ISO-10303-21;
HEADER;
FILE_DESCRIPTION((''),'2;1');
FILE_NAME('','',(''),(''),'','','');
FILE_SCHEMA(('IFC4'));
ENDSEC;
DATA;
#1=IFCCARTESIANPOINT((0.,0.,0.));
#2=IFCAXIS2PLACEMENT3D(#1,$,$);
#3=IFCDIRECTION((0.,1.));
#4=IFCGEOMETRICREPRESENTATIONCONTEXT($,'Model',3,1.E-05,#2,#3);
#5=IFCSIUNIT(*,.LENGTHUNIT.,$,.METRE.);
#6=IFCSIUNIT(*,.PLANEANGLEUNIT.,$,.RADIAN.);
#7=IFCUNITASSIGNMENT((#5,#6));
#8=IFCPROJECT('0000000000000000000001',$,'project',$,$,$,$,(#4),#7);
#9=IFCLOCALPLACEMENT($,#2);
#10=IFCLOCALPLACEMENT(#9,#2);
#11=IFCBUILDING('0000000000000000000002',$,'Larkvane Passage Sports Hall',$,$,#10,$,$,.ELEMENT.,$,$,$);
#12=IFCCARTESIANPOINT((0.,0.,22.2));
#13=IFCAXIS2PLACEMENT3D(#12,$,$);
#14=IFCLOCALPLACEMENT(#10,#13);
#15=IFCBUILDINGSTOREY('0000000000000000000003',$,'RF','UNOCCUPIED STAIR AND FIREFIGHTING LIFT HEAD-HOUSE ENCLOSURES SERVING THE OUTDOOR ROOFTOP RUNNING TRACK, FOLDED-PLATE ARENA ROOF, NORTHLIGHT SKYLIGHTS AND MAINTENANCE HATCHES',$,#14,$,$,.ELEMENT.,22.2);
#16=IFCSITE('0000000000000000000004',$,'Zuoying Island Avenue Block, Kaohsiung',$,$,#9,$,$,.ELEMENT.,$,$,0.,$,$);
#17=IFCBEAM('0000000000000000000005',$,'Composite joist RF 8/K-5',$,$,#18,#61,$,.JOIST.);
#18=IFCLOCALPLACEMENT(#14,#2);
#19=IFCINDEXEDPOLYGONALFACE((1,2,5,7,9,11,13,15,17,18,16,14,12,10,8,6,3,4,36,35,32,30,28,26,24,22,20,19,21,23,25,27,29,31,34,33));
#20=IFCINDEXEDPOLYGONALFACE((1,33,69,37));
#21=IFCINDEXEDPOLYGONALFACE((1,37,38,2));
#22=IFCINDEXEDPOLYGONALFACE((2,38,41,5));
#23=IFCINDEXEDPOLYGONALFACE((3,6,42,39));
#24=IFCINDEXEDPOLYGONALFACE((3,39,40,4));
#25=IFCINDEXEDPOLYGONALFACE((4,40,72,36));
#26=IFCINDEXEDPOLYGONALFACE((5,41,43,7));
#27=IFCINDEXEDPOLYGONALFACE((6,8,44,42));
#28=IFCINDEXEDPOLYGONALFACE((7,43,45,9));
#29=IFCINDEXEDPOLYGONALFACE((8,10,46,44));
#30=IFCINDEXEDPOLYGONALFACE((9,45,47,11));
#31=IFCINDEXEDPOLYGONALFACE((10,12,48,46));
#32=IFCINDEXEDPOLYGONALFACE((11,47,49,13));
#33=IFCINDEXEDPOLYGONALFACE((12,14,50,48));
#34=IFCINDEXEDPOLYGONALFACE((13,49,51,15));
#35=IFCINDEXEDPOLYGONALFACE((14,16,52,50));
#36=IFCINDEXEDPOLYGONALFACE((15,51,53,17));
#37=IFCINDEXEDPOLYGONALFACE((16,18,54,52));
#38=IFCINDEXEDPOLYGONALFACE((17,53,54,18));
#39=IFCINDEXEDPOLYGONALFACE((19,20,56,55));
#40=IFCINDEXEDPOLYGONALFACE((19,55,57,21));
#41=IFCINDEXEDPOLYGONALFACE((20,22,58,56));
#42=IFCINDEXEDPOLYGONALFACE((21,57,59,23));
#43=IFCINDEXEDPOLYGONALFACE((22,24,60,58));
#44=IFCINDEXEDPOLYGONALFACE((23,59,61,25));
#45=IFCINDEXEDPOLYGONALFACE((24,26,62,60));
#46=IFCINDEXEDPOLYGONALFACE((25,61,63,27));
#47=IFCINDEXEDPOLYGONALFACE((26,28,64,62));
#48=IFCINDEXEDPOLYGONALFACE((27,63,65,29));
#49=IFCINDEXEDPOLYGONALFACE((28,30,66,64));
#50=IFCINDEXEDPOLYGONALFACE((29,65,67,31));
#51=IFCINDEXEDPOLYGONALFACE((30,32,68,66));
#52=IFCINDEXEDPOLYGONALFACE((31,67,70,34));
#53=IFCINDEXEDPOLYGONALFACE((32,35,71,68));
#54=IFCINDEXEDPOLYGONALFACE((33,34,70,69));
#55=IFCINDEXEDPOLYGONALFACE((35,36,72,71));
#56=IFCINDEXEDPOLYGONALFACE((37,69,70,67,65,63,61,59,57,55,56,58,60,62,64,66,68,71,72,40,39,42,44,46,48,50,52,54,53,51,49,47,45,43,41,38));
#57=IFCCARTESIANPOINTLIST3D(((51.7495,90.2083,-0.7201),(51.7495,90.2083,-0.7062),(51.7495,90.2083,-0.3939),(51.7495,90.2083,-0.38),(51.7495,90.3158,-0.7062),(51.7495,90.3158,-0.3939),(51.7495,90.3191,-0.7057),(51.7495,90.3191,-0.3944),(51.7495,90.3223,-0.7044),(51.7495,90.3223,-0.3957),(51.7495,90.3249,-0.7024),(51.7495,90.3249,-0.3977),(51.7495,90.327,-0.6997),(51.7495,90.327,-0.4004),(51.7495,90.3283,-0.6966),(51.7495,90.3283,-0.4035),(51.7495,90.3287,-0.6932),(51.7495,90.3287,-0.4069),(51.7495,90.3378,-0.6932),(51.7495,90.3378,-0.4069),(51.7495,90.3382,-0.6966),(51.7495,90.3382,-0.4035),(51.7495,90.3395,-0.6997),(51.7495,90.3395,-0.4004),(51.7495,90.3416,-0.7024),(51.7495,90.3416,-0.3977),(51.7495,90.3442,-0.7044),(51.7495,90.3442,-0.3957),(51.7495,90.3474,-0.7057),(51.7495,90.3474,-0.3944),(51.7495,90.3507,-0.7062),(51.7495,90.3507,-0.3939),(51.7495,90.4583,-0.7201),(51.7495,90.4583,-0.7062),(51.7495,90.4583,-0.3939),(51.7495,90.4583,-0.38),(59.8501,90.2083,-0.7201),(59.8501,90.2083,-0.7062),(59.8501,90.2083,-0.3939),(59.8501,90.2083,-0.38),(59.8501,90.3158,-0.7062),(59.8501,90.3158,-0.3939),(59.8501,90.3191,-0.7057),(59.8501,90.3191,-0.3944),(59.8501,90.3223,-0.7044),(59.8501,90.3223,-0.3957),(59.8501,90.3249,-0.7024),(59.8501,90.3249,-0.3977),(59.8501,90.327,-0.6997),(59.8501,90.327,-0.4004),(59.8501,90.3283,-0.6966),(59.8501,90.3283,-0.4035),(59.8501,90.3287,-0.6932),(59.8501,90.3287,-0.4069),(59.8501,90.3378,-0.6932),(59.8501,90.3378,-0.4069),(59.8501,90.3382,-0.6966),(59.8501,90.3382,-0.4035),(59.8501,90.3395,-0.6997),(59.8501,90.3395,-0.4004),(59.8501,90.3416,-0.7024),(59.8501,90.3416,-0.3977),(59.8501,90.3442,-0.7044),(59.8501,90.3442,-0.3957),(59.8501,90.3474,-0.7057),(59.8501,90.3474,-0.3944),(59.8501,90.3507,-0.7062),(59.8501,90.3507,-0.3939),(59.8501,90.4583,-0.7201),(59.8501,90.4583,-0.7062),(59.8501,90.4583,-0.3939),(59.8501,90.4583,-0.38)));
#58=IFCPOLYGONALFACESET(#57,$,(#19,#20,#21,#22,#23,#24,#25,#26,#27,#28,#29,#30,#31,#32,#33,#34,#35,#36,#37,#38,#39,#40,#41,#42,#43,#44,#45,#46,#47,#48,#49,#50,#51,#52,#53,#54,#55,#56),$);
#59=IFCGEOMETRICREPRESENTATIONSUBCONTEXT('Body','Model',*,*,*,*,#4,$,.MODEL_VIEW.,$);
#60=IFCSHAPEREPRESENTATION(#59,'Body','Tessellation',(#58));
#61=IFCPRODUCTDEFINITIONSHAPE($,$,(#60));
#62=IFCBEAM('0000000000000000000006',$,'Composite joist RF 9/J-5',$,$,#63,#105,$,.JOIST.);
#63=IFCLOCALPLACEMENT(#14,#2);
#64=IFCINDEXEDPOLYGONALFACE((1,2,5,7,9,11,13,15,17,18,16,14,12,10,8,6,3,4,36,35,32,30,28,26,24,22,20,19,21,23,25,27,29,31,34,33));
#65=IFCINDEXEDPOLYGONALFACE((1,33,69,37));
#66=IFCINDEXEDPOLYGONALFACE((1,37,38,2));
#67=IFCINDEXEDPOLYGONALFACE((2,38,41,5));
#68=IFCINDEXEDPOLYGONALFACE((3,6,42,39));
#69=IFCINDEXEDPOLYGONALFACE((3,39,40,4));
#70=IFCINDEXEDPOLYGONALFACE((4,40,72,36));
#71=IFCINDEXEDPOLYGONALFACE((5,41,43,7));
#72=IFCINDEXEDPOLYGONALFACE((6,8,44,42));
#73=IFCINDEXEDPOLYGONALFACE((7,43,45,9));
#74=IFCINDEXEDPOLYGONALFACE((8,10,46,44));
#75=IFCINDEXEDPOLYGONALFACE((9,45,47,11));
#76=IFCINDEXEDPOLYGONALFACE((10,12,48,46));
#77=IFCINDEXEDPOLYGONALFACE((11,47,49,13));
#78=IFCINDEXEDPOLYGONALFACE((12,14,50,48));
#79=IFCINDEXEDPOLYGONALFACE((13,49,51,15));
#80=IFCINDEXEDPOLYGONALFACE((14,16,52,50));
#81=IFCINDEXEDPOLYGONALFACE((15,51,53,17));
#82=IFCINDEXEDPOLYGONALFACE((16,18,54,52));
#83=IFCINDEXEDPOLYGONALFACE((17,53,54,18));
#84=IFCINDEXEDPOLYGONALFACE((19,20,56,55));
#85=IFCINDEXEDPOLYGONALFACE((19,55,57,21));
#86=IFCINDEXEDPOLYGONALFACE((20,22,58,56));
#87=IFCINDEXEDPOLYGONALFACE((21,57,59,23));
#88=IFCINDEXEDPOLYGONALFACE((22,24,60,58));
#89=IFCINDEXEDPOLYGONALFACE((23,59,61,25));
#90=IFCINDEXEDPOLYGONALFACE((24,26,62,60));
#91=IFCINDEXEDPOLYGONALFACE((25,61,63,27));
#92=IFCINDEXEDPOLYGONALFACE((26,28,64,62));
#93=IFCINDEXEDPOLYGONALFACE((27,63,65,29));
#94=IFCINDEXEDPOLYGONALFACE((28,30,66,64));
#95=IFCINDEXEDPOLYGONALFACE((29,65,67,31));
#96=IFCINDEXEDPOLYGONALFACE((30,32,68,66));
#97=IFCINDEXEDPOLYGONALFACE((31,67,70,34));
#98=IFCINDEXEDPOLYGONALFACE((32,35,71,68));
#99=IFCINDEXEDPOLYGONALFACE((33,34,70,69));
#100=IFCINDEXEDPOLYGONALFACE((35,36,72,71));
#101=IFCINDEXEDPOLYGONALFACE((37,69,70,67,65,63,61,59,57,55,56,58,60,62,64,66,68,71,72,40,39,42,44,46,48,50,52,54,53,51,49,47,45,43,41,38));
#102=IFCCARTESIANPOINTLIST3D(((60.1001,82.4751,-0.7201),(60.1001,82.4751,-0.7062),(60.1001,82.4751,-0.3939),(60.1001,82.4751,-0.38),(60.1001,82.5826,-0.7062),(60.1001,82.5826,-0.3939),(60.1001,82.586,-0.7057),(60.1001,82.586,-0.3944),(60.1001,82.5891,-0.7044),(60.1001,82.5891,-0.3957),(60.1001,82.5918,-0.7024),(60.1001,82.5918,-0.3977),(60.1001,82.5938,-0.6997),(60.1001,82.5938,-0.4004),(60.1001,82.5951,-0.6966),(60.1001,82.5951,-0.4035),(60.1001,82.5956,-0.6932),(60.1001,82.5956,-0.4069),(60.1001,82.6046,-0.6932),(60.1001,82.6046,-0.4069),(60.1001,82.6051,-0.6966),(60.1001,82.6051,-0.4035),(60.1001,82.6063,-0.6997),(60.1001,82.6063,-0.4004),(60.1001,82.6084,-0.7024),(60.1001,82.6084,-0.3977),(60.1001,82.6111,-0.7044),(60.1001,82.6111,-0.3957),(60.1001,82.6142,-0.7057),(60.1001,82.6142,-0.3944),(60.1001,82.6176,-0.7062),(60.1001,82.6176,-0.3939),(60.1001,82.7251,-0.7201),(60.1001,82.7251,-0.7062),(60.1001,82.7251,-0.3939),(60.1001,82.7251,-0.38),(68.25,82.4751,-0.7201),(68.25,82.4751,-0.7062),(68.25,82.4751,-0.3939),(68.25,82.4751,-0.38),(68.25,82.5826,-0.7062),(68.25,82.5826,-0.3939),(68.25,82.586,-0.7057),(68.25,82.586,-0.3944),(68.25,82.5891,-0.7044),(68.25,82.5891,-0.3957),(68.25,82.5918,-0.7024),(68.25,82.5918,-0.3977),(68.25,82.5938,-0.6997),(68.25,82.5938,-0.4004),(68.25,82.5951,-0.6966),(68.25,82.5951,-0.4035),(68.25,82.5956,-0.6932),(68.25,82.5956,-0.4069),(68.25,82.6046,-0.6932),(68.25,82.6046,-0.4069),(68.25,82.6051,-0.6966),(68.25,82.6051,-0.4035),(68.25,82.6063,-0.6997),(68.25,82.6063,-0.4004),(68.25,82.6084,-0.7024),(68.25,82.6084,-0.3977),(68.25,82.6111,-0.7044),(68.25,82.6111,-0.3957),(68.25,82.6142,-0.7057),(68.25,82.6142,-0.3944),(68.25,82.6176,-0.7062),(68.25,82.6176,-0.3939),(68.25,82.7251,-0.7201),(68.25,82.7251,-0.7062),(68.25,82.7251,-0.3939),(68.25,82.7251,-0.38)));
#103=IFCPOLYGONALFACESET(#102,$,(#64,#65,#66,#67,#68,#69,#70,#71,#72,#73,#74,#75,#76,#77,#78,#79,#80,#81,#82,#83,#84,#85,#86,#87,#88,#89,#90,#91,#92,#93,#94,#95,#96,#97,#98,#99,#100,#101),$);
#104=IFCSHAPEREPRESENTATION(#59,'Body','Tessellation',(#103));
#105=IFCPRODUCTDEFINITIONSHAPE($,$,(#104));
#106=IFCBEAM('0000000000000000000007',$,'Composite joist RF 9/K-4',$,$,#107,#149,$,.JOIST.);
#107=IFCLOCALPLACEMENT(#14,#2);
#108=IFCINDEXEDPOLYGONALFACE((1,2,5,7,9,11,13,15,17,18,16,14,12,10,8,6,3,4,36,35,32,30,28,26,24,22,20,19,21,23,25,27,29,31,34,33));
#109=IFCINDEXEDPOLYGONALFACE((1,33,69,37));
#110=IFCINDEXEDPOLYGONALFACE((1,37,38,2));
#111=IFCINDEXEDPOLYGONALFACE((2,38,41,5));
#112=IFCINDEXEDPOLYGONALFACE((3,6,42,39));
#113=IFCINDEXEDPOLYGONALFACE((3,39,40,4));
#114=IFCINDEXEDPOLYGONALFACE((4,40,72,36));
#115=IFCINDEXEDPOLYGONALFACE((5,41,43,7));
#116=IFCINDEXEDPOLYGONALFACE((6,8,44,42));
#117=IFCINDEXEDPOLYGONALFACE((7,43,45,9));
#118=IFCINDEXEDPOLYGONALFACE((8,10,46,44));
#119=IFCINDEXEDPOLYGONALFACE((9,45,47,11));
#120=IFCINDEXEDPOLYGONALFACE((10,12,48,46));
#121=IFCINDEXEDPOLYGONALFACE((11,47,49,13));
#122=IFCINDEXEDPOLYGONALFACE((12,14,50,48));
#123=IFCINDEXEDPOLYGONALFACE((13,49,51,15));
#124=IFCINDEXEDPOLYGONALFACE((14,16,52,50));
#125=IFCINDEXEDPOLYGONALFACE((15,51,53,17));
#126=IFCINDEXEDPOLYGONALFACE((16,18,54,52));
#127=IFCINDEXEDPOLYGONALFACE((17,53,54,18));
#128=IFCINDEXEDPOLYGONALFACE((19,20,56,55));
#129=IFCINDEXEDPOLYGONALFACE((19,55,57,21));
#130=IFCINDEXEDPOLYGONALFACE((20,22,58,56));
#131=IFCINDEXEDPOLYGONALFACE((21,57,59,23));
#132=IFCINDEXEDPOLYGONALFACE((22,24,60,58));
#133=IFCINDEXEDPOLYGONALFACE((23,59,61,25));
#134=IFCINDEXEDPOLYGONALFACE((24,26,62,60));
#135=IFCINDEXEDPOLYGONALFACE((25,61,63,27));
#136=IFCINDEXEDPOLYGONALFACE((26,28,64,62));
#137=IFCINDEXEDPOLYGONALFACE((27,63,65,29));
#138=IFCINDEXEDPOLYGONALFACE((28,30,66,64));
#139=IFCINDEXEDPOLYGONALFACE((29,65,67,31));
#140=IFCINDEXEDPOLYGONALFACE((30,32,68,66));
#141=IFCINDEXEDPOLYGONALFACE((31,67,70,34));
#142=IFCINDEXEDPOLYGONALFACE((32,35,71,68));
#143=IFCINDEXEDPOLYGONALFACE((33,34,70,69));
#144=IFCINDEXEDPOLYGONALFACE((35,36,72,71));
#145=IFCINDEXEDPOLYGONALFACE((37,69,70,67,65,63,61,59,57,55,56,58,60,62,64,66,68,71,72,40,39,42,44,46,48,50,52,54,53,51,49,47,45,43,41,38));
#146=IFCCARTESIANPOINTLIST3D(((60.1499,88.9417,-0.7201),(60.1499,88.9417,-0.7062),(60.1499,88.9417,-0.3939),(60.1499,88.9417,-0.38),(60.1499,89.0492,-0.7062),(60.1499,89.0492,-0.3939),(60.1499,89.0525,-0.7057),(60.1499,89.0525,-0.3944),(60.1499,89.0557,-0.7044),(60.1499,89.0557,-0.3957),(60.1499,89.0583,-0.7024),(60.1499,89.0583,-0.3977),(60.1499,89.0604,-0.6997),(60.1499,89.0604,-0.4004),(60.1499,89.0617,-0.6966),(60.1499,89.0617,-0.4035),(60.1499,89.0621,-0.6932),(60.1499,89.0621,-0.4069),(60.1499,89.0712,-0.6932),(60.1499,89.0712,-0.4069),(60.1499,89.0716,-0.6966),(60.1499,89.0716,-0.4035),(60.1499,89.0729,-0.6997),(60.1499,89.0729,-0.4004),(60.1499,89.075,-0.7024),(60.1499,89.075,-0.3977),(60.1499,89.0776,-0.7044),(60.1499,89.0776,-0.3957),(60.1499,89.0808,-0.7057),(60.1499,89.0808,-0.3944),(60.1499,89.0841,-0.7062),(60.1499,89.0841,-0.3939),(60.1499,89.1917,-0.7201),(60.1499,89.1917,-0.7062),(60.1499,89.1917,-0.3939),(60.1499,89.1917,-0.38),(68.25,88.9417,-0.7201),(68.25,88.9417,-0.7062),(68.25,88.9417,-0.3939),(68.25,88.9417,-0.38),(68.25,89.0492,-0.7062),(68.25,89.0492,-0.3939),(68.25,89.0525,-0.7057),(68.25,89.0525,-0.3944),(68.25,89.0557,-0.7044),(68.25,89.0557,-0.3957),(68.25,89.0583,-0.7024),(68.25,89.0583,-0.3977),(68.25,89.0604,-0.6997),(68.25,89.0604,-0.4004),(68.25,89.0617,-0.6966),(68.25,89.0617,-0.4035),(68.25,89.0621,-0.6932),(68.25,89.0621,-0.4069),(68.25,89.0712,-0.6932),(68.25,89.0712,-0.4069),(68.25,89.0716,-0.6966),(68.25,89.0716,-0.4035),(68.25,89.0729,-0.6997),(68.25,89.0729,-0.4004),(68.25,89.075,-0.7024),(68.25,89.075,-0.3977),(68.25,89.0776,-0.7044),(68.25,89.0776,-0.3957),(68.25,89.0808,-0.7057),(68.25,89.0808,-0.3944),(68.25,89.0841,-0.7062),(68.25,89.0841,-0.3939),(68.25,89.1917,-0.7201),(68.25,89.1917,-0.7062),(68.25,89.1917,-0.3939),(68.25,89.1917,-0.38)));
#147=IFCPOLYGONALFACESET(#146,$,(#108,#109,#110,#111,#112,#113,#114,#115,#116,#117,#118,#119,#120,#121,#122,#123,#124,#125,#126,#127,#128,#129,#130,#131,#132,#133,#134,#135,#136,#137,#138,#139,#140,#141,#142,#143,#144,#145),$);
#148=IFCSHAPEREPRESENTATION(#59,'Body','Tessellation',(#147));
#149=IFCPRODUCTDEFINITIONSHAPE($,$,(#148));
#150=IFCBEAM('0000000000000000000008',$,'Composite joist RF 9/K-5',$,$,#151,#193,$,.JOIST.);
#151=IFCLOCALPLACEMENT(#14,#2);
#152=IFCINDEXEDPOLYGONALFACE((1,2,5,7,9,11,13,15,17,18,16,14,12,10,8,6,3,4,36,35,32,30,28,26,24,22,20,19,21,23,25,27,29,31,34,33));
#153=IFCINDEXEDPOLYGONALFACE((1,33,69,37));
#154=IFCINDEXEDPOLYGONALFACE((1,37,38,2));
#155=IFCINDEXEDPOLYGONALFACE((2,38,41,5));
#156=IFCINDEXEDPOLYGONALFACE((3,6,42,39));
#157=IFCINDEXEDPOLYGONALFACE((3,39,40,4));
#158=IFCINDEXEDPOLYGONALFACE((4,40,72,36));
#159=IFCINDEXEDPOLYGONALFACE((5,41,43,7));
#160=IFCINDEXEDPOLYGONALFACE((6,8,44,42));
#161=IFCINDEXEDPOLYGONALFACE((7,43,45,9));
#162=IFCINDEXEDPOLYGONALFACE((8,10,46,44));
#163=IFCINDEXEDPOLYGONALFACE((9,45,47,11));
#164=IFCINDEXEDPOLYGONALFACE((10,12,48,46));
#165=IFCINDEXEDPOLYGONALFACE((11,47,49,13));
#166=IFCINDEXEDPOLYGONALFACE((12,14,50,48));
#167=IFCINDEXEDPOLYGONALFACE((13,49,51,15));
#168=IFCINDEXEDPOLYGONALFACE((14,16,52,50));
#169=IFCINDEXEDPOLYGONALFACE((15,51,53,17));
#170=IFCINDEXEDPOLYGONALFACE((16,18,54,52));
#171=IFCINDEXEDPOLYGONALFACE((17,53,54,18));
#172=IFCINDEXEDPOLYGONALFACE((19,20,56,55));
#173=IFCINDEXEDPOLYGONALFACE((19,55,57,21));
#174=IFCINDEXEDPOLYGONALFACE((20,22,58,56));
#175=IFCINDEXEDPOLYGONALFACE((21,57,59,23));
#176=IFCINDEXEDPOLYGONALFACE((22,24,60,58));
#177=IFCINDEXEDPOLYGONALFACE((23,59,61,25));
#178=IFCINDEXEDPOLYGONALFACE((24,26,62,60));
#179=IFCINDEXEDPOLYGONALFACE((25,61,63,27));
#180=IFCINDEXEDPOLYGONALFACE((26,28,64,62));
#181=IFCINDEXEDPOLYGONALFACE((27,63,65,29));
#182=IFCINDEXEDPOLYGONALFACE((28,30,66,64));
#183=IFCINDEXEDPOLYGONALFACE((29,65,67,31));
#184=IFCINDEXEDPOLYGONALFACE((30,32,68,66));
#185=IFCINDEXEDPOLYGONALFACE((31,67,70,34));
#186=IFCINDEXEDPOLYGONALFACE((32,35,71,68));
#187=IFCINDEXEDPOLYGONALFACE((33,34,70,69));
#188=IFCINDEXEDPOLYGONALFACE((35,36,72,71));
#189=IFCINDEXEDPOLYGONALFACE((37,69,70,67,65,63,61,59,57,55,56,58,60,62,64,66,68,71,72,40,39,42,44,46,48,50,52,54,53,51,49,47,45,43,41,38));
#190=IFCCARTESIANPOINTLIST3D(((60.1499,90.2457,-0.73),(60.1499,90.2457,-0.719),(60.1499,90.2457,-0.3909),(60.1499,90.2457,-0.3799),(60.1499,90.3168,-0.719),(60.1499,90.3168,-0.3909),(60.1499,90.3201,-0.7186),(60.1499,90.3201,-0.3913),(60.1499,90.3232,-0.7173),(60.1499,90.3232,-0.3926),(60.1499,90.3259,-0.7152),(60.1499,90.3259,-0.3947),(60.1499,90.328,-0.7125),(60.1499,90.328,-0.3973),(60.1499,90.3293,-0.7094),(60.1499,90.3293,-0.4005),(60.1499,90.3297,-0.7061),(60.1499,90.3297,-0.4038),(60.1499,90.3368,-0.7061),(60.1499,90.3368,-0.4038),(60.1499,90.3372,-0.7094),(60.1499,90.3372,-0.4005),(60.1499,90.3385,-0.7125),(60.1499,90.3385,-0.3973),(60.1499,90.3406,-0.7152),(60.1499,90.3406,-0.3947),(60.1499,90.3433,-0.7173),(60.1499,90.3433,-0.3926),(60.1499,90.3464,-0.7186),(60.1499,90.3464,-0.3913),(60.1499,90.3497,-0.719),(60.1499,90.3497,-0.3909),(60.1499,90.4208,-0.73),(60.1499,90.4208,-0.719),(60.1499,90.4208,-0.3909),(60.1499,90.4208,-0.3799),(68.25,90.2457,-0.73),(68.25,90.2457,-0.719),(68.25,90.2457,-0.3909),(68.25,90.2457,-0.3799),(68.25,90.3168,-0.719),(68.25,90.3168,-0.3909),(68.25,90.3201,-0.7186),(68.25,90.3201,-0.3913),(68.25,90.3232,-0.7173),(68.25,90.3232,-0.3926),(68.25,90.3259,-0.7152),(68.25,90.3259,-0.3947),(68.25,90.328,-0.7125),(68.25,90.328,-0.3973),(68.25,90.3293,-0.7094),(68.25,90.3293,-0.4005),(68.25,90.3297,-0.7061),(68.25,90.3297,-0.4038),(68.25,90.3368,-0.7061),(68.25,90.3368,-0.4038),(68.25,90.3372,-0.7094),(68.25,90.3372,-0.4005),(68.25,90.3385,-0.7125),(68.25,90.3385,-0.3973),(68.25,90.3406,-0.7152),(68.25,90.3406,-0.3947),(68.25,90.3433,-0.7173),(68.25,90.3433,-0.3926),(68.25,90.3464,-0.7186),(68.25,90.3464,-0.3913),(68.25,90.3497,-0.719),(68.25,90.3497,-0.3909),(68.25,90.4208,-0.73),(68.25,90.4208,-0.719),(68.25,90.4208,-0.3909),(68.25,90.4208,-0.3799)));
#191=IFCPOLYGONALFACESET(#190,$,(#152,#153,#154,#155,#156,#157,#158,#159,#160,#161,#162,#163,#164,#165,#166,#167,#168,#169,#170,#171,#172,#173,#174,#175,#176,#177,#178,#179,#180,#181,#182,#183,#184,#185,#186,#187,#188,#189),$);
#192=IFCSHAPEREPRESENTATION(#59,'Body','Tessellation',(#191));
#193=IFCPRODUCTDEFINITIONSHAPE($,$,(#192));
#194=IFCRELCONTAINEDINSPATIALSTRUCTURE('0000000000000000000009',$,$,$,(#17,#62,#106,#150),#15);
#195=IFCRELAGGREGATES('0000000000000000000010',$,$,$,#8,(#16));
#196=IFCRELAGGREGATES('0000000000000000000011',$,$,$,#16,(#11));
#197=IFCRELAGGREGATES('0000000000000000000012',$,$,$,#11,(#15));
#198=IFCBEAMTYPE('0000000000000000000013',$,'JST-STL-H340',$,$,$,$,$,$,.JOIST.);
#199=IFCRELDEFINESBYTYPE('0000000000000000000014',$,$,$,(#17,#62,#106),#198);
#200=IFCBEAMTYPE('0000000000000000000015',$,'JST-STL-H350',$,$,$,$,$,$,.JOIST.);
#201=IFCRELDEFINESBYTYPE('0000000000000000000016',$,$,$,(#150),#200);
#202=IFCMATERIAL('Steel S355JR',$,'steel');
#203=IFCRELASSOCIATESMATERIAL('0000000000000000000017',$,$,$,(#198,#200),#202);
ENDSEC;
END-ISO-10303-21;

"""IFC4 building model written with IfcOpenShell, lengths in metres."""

from ifc_helpers import new_model, si_unit, direction, frame, origin, origin_2d, place, context, subcontext, project, spatial, i_section, extrude, material, material_profile, profile_set, type_object, element, save


model = new_model("IFC4")

# Units and contexts
model_context = context("Model", 3, precision=1e-05, world=origin(), true_north=direction((0.0, 1.0)))
body_context = subcontext(model_context, "Body", "Model", "MODEL_VIEW")
ifc_project = project(units=[si_unit("LENGTHUNIT", "METRE"), si_unit("PLANEANGLEUNIT", "RADIAN")], contexts=[model_context])

# Site, building, storey
site_placement = place(None, origin())
site = spatial("IfcSite", under=ifc_project, at=site_placement, Name="Zuoying Island Avenue Block, Kaohsiung", CompositionType="ELEMENT", RefElevation=0.0)
building_placement = place(site_placement, origin())
building = spatial("IfcBuilding", under=site, at=building_placement, Name="Larkvane Passage Sports Hall", CompositionType="ELEMENT")
storey_placement = place(building_placement, frame((0.0, 0.0, 22.2)))
storey = spatial("IfcBuildingStorey", under=building, at=storey_placement, Name="RF", Description="UNOCCUPIED STAIR AND FIREFIGHTING LIFT HEAD-HOUSE ENCLOSURES SERVING THE OUTDOOR ROOFTOP RUNNING TRACK, FOLDED-PLATE ARENA ROOF, NORTHLIGHT SKYLIGHTS AND MAINTENANCE HATCHES", CompositionType="ELEMENT", Elevation=22.2)

# Beams
ifc_material_1 = material(Name="Steel S355JR", Category="steel")
ifc_material_profile_1 = material_profile(ifc_material_1, i_section(OverallWidth=0.25, OverallDepth=0.3401, WebThickness=0.009, FlangeThickness=0.0139, FilletRadius=0.0129, at=origin_2d()), Name="H-340x250x9x14")
ifc_profile_set_1 = profile_set([ifc_material_profile_1], Name="Steel S355JR")
beam_type_1 = type_object("IfcBeamType", Name="JST-STL-H340", PredefinedType="JOIST", material=ifc_profile_set_1)
beam_1_placement = place(storey_placement, frame((51.7495, 90.3333, -0.55), z_axis=(1.0, 0.0, 0.0), x_axis=(0.0, 1.0, 0.0)))
element("IfcBeam", 1, at=beam_1_placement, inside=storey, type_object=beam_type_1, Name="Composite joist RF 8/K-5", PredefinedType="JOIST", context=body_context, shape_type="SweptSolid", body=[
    extrude(i_section(OverallWidth=0.25, OverallDepth=0.3401, WebThickness=0.009, FlangeThickness=0.0139, FilletRadius=0.0129, at=origin_2d()), origin(), (0.0, 0.0, 1.0), 8.1006),
])
beam_2_placement = place(storey_placement, frame((60.1001, 82.6001, -0.55), z_axis=(1.0, 0.0, 0.0), x_axis=(0.0, 1.0, 0.0)))
element("IfcBeam", 2, at=beam_2_placement, inside=storey, type_object=beam_type_1, Name="Composite joist RF 9/J-5", PredefinedType="JOIST", context=body_context, shape_type="SweptSolid", body=[
    extrude(i_section(OverallWidth=0.25, OverallDepth=0.3401, WebThickness=0.009, FlangeThickness=0.0139, FilletRadius=0.0129, at=origin_2d()), origin(), (0.0, 0.0, 1.0), 8.1499),
])
beam_3_placement = place(storey_placement, frame((60.1499, 89.0667, -0.55), z_axis=(1.0, 0.0, 0.0), x_axis=(0.0, 1.0, 0.0)))
element("IfcBeam", 3, at=beam_3_placement, inside=storey, type_object=beam_type_1, Name="Composite joist RF 9/K-4", PredefinedType="JOIST", context=body_context, shape_type="SweptSolid", body=[
    extrude(i_section(OverallWidth=0.25, OverallDepth=0.3401, WebThickness=0.009, FlangeThickness=0.0139, FilletRadius=0.0129, at=origin_2d()), origin(), (0.0, 0.0, 1.0), 8.1001),
])
ifc_material_profile_2 = material_profile(ifc_material_1, i_section(OverallWidth=0.175, OverallDepth=0.3501, WebThickness=0.0071, FlangeThickness=0.011, FilletRadius=0.0129, at=origin_2d()), Name="H-350x175x7x11")
ifc_profile_set_2 = profile_set([ifc_material_profile_2], Name="Steel S355JR")
beam_type_2 = type_object("IfcBeamType", Name="JST-STL-H350", PredefinedType="JOIST", material=ifc_profile_set_2)
beam_4_placement = place(storey_placement, frame((60.1499, 90.3333, -0.5549), z_axis=(1.0, 0.0, 0.0), x_axis=(0.0, 1.0, 0.0)))
element("IfcBeam", 4, at=beam_4_placement, inside=storey, type_object=beam_type_2, Name="Composite joist RF 9/K-5", PredefinedType="JOIST", context=body_context, shape_type="SweptSolid", body=[
    extrude(i_section(OverallWidth=0.175, OverallDepth=0.3501, WebThickness=0.0071, FlangeThickness=0.011, FilletRadius=0.0129, at=origin_2d()), origin(), (0.0, 0.0, 1.0), 8.1001),
])

save(model, "model.ifc")
